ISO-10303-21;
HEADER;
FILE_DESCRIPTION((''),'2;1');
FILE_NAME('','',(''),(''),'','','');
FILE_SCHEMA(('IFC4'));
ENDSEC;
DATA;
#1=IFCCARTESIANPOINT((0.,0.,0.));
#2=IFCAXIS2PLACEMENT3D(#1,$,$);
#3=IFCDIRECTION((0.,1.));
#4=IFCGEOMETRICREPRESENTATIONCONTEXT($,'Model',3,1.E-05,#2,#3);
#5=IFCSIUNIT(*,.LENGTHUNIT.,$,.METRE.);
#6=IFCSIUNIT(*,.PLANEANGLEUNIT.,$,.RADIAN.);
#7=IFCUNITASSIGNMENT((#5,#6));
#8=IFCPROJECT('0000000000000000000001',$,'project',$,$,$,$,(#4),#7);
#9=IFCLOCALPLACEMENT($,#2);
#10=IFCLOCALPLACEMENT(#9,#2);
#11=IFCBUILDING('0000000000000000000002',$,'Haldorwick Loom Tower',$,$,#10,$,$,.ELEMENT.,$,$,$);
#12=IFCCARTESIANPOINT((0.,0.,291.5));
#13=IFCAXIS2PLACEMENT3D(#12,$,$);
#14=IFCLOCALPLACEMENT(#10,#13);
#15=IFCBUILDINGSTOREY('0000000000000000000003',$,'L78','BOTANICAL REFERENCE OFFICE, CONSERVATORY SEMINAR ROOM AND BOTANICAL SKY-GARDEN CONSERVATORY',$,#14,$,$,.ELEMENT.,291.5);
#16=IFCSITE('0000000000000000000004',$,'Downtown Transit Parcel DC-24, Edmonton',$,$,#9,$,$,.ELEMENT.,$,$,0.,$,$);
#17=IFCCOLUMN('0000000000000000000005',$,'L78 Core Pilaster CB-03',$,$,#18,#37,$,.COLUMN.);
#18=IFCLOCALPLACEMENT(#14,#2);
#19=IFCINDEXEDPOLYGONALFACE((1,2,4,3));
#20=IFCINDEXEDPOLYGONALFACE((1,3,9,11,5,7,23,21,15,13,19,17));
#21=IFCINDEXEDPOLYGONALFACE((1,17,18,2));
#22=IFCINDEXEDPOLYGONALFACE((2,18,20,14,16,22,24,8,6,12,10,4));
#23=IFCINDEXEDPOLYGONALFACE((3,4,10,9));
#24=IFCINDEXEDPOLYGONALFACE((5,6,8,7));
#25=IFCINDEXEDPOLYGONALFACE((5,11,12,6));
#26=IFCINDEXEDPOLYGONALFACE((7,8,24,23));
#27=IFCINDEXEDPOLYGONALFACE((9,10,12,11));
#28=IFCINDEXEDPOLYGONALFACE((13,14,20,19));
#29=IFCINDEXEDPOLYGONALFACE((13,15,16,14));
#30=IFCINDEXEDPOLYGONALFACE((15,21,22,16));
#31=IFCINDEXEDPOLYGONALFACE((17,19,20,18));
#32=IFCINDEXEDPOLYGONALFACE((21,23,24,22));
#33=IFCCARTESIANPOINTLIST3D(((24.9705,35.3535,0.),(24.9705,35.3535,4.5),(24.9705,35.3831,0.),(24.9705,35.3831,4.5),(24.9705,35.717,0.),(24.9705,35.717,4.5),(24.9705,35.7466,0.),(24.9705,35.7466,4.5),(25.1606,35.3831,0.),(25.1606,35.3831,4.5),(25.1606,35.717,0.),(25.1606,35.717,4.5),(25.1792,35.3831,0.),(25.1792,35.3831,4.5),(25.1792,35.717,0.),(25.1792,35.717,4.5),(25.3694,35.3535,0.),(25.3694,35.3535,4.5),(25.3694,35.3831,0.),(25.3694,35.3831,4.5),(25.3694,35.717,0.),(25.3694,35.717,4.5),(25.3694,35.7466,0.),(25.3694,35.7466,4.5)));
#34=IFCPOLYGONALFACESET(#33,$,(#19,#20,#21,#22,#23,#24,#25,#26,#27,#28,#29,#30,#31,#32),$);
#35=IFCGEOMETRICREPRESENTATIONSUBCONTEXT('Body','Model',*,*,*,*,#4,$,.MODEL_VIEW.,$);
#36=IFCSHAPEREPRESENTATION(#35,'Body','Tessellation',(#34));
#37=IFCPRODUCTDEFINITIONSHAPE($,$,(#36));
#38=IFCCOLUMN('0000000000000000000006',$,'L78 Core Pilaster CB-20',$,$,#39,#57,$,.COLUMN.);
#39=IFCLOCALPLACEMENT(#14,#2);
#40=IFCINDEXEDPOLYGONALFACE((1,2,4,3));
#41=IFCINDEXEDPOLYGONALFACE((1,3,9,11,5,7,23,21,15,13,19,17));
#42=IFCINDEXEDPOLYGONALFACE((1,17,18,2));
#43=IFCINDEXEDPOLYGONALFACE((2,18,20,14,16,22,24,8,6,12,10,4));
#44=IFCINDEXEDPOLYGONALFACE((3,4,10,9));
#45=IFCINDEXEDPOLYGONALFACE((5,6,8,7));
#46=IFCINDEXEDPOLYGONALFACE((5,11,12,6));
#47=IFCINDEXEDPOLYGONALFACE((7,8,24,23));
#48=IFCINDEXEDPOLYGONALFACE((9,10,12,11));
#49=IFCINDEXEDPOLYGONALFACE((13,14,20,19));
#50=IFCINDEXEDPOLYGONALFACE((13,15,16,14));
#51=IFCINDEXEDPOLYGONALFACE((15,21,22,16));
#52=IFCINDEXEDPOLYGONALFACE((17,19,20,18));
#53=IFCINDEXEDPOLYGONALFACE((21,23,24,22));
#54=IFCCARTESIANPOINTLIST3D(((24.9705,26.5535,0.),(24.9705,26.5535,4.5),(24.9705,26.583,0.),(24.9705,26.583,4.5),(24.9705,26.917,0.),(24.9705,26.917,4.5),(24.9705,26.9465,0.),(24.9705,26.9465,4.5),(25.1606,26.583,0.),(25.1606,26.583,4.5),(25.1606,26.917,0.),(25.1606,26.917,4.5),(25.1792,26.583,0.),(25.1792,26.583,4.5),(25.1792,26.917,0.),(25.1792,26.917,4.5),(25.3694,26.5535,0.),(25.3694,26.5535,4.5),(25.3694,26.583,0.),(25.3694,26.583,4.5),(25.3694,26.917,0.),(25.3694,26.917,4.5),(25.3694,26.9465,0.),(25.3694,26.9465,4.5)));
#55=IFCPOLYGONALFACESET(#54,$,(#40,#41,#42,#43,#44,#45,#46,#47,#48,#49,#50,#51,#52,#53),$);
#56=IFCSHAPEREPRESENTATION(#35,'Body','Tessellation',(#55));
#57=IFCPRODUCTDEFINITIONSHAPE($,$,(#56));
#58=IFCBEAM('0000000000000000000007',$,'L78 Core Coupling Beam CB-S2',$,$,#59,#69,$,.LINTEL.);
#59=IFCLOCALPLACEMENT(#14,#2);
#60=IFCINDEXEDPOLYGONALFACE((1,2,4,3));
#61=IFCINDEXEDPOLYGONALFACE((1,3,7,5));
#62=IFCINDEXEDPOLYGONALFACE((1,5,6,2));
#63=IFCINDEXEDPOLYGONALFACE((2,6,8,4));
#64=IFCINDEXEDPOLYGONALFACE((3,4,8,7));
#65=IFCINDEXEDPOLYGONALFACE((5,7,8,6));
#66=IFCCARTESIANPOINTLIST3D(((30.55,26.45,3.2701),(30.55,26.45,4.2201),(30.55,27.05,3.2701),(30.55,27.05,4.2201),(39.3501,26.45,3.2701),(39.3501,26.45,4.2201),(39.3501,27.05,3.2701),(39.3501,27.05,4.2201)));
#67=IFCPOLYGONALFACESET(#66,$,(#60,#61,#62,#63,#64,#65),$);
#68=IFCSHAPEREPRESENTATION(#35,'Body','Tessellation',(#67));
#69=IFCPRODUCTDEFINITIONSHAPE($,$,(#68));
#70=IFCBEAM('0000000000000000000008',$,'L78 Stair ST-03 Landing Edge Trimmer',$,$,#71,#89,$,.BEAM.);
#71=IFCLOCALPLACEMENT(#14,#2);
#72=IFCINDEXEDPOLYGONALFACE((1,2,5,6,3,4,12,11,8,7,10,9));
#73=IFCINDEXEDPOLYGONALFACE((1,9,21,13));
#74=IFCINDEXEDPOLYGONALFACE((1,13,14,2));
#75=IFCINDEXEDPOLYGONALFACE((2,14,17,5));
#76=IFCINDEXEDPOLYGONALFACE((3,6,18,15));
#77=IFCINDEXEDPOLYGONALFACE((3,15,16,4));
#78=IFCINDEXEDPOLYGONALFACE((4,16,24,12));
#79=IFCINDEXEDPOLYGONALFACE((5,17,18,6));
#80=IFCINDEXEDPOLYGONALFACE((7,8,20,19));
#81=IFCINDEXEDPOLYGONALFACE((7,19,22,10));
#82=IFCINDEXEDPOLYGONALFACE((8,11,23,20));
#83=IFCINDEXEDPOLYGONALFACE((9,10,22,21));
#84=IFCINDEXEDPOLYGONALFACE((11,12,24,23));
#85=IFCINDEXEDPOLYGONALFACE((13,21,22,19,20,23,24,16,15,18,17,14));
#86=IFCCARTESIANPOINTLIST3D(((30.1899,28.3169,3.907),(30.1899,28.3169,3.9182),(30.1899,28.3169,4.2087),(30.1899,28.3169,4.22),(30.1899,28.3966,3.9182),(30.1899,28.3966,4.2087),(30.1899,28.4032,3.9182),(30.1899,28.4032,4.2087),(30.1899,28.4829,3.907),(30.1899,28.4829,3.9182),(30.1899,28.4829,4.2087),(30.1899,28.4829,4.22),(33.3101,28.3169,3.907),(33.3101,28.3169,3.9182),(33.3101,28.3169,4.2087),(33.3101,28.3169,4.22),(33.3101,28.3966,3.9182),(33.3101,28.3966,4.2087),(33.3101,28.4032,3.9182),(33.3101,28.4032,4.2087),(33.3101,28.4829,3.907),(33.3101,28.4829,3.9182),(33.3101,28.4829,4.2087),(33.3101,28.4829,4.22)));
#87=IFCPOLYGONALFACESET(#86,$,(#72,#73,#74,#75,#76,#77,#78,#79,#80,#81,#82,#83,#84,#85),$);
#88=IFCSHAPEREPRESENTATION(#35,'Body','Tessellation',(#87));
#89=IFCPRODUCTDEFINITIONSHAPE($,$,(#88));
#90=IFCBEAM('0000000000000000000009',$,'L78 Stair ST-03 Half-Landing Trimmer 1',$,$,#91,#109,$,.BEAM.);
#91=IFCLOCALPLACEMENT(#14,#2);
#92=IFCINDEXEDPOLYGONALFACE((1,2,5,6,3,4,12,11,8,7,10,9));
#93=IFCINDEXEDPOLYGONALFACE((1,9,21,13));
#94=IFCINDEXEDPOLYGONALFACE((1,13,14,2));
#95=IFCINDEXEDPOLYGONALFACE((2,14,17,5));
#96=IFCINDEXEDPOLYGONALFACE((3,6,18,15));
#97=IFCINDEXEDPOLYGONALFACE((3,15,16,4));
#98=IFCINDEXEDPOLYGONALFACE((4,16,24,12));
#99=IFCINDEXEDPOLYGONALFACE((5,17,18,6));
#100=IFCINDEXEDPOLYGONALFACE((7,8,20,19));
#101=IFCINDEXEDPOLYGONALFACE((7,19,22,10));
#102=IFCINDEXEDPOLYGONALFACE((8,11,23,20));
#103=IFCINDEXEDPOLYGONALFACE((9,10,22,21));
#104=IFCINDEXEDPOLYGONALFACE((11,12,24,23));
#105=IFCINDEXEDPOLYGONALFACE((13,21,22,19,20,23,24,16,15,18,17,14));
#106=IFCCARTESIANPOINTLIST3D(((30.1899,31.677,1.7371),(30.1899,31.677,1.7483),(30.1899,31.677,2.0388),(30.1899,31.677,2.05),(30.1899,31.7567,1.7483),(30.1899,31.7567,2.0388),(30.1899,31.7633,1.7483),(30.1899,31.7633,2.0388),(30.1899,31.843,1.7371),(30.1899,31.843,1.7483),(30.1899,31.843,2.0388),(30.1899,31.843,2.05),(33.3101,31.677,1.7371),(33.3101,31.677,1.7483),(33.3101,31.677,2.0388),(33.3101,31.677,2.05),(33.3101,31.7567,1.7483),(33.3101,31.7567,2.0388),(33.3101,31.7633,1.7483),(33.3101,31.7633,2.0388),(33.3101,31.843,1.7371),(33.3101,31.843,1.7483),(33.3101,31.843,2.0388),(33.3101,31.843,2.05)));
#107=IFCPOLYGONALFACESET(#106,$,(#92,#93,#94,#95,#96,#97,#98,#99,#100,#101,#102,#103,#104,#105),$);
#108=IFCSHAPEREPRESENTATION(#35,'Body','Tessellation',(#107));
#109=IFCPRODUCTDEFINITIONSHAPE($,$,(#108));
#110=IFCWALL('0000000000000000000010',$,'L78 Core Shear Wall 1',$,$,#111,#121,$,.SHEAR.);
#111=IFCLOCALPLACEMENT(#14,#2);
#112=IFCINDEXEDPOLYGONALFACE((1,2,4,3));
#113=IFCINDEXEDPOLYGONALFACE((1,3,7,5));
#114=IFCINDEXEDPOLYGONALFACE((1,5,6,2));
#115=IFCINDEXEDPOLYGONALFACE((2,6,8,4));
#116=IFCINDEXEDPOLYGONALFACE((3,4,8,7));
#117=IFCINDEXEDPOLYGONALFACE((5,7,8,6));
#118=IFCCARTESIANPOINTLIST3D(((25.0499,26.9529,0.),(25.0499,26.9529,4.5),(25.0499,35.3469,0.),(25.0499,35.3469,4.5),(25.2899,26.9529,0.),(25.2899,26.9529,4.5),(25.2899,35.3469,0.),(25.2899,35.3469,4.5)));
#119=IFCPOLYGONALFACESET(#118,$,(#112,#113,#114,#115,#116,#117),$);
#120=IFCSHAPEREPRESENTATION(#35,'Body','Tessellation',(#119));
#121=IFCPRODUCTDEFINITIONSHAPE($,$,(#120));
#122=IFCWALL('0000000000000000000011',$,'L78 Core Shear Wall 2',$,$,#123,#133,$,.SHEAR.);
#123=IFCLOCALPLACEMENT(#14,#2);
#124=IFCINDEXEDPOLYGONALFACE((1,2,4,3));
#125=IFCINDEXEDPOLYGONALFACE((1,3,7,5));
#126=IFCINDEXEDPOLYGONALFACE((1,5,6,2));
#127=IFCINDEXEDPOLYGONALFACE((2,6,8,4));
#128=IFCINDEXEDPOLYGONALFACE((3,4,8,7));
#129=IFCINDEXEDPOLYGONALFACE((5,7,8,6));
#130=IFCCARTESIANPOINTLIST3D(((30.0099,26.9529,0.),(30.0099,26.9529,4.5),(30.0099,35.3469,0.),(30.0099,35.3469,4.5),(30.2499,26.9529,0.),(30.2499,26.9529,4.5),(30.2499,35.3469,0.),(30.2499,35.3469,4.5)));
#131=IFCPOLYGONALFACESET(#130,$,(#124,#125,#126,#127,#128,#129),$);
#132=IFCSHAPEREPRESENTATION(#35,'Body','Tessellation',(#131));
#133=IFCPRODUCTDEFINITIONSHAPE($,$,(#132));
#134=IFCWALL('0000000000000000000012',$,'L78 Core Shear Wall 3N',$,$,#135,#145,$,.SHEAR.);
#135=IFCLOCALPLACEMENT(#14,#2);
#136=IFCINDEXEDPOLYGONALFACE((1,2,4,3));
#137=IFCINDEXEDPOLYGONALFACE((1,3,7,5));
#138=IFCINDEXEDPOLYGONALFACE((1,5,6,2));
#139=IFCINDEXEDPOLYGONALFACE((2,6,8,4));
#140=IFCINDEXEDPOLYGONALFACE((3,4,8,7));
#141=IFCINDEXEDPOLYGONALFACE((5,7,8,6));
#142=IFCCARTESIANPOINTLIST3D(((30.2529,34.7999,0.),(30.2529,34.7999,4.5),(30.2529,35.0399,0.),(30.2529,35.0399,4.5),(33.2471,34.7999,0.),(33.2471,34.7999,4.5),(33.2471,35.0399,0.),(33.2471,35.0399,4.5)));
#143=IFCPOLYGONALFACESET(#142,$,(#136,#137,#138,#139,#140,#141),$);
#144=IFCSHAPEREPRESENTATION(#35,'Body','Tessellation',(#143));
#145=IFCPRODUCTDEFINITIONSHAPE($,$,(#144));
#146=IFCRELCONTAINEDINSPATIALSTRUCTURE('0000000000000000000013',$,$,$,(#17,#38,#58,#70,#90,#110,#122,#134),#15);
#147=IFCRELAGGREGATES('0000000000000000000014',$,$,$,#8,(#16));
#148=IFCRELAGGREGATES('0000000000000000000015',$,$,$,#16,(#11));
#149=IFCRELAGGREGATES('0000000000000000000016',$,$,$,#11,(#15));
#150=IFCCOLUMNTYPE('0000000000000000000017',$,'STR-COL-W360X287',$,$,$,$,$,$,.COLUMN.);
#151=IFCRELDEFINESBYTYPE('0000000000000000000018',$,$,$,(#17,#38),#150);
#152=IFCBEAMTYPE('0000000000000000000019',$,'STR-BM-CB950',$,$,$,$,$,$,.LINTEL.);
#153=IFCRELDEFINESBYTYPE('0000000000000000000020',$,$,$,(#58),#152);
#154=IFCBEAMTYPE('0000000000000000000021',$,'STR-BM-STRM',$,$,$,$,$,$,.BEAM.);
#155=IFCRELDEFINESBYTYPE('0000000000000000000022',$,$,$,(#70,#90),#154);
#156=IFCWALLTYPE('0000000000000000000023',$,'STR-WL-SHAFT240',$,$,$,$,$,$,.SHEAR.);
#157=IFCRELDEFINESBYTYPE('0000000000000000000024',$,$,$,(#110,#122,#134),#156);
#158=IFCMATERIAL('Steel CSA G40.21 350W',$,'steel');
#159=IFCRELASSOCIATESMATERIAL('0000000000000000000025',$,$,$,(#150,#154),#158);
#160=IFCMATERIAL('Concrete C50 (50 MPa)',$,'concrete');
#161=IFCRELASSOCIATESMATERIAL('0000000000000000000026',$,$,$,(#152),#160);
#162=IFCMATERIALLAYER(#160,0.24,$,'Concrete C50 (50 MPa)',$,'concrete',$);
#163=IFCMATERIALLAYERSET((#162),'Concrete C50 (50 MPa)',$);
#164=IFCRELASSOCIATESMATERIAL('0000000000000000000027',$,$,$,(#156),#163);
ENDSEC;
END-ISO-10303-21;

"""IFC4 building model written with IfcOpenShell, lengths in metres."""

from ifc_helpers import new_model, si_unit, direction, frame, frame_2d, origin, origin_2d, place, context, subcontext, project, spatial, rectangle, i_section, extrude, material, layer, layer_set, material_profile, profile_set, type_object, element, save


model = new_model("IFC4")

# Units and contexts
model_context = context("Model", 3, precision=1e-05, world=origin(), true_north=direction((0.0, 1.0)))
body_context = subcontext(model_context, "Body", "Model", "MODEL_VIEW")
ifc_project = project(units=[si_unit("LENGTHUNIT", "METRE"), si_unit("PLANEANGLEUNIT", "RADIAN")], contexts=[model_context])

# Site, building, storey
site_placement = place(None, origin())
site = spatial("IfcSite", under=ifc_project, at=site_placement, Name="Downtown Transit Parcel DC-24, Edmonton", CompositionType="ELEMENT", RefElevation=0.0)
building_placement = place(site_placement, origin())
building = spatial("IfcBuilding", under=site, at=building_placement, Name="Haldorwick Loom Tower", CompositionType="ELEMENT")
storey_placement = place(building_placement, frame((0.0, 0.0, 291.5)))
storey = spatial("IfcBuildingStorey", under=building, at=storey_placement, Name="L78", Description="BOTANICAL REFERENCE OFFICE, CONSERVATORY SEMINAR ROOM AND BOTANICAL SKY-GARDEN CONSERVATORY", CompositionType="ELEMENT", Elevation=291.5)

# Columns
ifc_material_1 = material(Name="Steel CSA G40.21 350W", Category="steel")
ifc_material_profile_1 = material_profile(ifc_material_1, i_section(OverallWidth=0.3989, OverallDepth=0.3931, WebThickness=0.0186, FlangeThickness=0.0295, at=origin_2d()), Name="W360X287", Category="steel")
ifc_profile_set_1 = profile_set([ifc_material_profile_1], Name="Steel CSA G40.21 350W")
column_type = type_object("IfcColumnType", Name="STR-COL-W360X287", PredefinedType="COLUMN", material=ifc_profile_set_1)
for number, where, z_axis, x_axis, name in (
    (1, (25.1699, 35.55, 0.0), (0.0, 0.0, 1.0), (1.0, 0.0, 0.0), "L78 Core Pilaster CB-03"),
    (2, (25.1699, 26.75, 0.0), (0.0, 0.0, 1.0), (1.0, 0.0, 0.0), "L78 Core Pilaster CB-20"),
):
    element("IfcColumn", number, at=place(storey_placement, frame(where, z_axis=z_axis, x_axis=x_axis)), inside=storey, type_object=column_type, Name=name, PredefinedType="COLUMN", context=body_context, shape_type="SweptSolid", body=[
        extrude(i_section(OverallWidth=0.3989, OverallDepth=0.3931, WebThickness=0.0186, FlangeThickness=0.0295, at=origin_2d()), origin(), (0.0, 0.0, 1.0), 4.5),
    ])

# Beams
ifc_material_2 = material(Name="Concrete C50 (50 MPa)", Category="concrete")
ifc_material_profile_2 = material_profile(ifc_material_2, rectangle(XDim=0.6001, YDim=0.95, at=origin_2d()), Name="RC600X950", Category="concrete")
ifc_profile_set_2 = profile_set([ifc_material_profile_2], Name="Concrete C50 (50 MPa)")
beam_type_1 = type_object("IfcBeamType", Name="STR-BM-CB950", PredefinedType="LINTEL", material=ifc_profile_set_2)
beam_placement = place(storey_placement, frame((30.55, 26.75, 3.7451), z_axis=(1.0, 0.0, 0.0), x_axis=(0.0, 1.0, 0.0)))
element("IfcBeam", 3, at=beam_placement, inside=storey, type_object=beam_type_1, Name="L78 Core Coupling Beam CB-S2", PredefinedType="LINTEL", context=body_context, shape_type="SweptSolid", body=[
    extrude(rectangle(XDim=0.6001, YDim=0.95, at=origin_2d()), origin(), (0.0, 0.0, 1.0), 8.8),
])
ifc_material_profile_3 = material_profile(ifc_material_1, i_section(OverallWidth=0.166, OverallDepth=0.313, WebThickness=0.0066, FlangeThickness=0.0112, at=origin_2d()), Name="W310X45", Category="steel")
ifc_profile_set_3 = profile_set([ifc_material_profile_3], Name="Steel CSA G40.21 350W")
beam_type_2 = type_object("IfcBeamType", Name="STR-BM-STRM", PredefinedType="BEAM", material=ifc_profile_set_3)
for number, where, z_axis, x_axis, name in (
    (4, (30.1899, 28.3999, 4.0635), (1.0, 0.0, 0.0), (0.0, 1.0, 0.0), "L78 Stair ST-03 Landing Edge Trimmer"),
    (5, (30.1899, 31.76, 1.8936), (1.0, 0.0, 0.0), (0.0, 1.0, 0.0), "L78 Stair ST-03 Half-Landing Trimmer 1"),
):
    element("IfcBeam", number, at=place(storey_placement, frame(where, z_axis=z_axis, x_axis=x_axis)), inside=storey, type_object=beam_type_2, Name=name, PredefinedType="BEAM", context=body_context, shape_type="SweptSolid", body=[
        extrude(i_section(OverallWidth=0.166, OverallDepth=0.313, WebThickness=0.0066, FlangeThickness=0.0112, at=origin_2d()), origin(), (0.0, 0.0, 1.0), 3.1201),
    ])

# Walls
ifc_layer = layer(ifc_material_2, 0.24, Name="Concrete C50 (50 MPa)", Category="concrete")
ifc_layer_set = layer_set([ifc_layer], Name="Concrete C50 (50 MPa)")
wall_type = type_object("IfcWallType", Name="STR-WL-SHAFT240", PredefinedType="SHEAR", material=ifc_layer_set)
for number, where, z_axis, x_axis, name in (
    (6, (25.1699, 26.9529, 0.0), (0.0, 0.0, 1.0), (0.0, 1.0, 0.0), "L78 Core Shear Wall 1"),
    (7, (30.1299, 26.9529, 0.0), (0.0, 0.0, 1.0), (0.0, 1.0, 0.0), "L78 Core Shear Wall 2"),
):
    element("IfcWall", number, at=place(storey_placement, frame(where, z_axis=z_axis, x_axis=x_axis)), inside=storey, type_object=wall_type, Name=name, PredefinedType="SHEAR", context=body_context, shape_type="SweptSolid", body=[
        extrude(rectangle(XDim=8.394, YDim=0.24, at=frame_2d((4.197, 0.0))), origin(), (0.0, 0.0, 1.0), 4.5),
    ])
wall_1_placement = place(storey_placement, frame((30.2529, 34.9199, 0.0), z_axis=(0.0, 0.0, 1.0), x_axis=(1.0, 0.0, 0.0)))
element("IfcWall", 8, at=wall_1_placement, inside=storey, type_object=wall_type, Name="L78 Core Shear Wall 3N", PredefinedType="SHEAR", context=body_context, shape_type="SweptSolid", body=[
    extrude(rectangle(XDim=2.9941, YDim=0.24, at=frame_2d((1.4971, 0.0))), origin(), (0.0, 0.0, 1.0), 4.5),
])

save(model, "model.ifc")
